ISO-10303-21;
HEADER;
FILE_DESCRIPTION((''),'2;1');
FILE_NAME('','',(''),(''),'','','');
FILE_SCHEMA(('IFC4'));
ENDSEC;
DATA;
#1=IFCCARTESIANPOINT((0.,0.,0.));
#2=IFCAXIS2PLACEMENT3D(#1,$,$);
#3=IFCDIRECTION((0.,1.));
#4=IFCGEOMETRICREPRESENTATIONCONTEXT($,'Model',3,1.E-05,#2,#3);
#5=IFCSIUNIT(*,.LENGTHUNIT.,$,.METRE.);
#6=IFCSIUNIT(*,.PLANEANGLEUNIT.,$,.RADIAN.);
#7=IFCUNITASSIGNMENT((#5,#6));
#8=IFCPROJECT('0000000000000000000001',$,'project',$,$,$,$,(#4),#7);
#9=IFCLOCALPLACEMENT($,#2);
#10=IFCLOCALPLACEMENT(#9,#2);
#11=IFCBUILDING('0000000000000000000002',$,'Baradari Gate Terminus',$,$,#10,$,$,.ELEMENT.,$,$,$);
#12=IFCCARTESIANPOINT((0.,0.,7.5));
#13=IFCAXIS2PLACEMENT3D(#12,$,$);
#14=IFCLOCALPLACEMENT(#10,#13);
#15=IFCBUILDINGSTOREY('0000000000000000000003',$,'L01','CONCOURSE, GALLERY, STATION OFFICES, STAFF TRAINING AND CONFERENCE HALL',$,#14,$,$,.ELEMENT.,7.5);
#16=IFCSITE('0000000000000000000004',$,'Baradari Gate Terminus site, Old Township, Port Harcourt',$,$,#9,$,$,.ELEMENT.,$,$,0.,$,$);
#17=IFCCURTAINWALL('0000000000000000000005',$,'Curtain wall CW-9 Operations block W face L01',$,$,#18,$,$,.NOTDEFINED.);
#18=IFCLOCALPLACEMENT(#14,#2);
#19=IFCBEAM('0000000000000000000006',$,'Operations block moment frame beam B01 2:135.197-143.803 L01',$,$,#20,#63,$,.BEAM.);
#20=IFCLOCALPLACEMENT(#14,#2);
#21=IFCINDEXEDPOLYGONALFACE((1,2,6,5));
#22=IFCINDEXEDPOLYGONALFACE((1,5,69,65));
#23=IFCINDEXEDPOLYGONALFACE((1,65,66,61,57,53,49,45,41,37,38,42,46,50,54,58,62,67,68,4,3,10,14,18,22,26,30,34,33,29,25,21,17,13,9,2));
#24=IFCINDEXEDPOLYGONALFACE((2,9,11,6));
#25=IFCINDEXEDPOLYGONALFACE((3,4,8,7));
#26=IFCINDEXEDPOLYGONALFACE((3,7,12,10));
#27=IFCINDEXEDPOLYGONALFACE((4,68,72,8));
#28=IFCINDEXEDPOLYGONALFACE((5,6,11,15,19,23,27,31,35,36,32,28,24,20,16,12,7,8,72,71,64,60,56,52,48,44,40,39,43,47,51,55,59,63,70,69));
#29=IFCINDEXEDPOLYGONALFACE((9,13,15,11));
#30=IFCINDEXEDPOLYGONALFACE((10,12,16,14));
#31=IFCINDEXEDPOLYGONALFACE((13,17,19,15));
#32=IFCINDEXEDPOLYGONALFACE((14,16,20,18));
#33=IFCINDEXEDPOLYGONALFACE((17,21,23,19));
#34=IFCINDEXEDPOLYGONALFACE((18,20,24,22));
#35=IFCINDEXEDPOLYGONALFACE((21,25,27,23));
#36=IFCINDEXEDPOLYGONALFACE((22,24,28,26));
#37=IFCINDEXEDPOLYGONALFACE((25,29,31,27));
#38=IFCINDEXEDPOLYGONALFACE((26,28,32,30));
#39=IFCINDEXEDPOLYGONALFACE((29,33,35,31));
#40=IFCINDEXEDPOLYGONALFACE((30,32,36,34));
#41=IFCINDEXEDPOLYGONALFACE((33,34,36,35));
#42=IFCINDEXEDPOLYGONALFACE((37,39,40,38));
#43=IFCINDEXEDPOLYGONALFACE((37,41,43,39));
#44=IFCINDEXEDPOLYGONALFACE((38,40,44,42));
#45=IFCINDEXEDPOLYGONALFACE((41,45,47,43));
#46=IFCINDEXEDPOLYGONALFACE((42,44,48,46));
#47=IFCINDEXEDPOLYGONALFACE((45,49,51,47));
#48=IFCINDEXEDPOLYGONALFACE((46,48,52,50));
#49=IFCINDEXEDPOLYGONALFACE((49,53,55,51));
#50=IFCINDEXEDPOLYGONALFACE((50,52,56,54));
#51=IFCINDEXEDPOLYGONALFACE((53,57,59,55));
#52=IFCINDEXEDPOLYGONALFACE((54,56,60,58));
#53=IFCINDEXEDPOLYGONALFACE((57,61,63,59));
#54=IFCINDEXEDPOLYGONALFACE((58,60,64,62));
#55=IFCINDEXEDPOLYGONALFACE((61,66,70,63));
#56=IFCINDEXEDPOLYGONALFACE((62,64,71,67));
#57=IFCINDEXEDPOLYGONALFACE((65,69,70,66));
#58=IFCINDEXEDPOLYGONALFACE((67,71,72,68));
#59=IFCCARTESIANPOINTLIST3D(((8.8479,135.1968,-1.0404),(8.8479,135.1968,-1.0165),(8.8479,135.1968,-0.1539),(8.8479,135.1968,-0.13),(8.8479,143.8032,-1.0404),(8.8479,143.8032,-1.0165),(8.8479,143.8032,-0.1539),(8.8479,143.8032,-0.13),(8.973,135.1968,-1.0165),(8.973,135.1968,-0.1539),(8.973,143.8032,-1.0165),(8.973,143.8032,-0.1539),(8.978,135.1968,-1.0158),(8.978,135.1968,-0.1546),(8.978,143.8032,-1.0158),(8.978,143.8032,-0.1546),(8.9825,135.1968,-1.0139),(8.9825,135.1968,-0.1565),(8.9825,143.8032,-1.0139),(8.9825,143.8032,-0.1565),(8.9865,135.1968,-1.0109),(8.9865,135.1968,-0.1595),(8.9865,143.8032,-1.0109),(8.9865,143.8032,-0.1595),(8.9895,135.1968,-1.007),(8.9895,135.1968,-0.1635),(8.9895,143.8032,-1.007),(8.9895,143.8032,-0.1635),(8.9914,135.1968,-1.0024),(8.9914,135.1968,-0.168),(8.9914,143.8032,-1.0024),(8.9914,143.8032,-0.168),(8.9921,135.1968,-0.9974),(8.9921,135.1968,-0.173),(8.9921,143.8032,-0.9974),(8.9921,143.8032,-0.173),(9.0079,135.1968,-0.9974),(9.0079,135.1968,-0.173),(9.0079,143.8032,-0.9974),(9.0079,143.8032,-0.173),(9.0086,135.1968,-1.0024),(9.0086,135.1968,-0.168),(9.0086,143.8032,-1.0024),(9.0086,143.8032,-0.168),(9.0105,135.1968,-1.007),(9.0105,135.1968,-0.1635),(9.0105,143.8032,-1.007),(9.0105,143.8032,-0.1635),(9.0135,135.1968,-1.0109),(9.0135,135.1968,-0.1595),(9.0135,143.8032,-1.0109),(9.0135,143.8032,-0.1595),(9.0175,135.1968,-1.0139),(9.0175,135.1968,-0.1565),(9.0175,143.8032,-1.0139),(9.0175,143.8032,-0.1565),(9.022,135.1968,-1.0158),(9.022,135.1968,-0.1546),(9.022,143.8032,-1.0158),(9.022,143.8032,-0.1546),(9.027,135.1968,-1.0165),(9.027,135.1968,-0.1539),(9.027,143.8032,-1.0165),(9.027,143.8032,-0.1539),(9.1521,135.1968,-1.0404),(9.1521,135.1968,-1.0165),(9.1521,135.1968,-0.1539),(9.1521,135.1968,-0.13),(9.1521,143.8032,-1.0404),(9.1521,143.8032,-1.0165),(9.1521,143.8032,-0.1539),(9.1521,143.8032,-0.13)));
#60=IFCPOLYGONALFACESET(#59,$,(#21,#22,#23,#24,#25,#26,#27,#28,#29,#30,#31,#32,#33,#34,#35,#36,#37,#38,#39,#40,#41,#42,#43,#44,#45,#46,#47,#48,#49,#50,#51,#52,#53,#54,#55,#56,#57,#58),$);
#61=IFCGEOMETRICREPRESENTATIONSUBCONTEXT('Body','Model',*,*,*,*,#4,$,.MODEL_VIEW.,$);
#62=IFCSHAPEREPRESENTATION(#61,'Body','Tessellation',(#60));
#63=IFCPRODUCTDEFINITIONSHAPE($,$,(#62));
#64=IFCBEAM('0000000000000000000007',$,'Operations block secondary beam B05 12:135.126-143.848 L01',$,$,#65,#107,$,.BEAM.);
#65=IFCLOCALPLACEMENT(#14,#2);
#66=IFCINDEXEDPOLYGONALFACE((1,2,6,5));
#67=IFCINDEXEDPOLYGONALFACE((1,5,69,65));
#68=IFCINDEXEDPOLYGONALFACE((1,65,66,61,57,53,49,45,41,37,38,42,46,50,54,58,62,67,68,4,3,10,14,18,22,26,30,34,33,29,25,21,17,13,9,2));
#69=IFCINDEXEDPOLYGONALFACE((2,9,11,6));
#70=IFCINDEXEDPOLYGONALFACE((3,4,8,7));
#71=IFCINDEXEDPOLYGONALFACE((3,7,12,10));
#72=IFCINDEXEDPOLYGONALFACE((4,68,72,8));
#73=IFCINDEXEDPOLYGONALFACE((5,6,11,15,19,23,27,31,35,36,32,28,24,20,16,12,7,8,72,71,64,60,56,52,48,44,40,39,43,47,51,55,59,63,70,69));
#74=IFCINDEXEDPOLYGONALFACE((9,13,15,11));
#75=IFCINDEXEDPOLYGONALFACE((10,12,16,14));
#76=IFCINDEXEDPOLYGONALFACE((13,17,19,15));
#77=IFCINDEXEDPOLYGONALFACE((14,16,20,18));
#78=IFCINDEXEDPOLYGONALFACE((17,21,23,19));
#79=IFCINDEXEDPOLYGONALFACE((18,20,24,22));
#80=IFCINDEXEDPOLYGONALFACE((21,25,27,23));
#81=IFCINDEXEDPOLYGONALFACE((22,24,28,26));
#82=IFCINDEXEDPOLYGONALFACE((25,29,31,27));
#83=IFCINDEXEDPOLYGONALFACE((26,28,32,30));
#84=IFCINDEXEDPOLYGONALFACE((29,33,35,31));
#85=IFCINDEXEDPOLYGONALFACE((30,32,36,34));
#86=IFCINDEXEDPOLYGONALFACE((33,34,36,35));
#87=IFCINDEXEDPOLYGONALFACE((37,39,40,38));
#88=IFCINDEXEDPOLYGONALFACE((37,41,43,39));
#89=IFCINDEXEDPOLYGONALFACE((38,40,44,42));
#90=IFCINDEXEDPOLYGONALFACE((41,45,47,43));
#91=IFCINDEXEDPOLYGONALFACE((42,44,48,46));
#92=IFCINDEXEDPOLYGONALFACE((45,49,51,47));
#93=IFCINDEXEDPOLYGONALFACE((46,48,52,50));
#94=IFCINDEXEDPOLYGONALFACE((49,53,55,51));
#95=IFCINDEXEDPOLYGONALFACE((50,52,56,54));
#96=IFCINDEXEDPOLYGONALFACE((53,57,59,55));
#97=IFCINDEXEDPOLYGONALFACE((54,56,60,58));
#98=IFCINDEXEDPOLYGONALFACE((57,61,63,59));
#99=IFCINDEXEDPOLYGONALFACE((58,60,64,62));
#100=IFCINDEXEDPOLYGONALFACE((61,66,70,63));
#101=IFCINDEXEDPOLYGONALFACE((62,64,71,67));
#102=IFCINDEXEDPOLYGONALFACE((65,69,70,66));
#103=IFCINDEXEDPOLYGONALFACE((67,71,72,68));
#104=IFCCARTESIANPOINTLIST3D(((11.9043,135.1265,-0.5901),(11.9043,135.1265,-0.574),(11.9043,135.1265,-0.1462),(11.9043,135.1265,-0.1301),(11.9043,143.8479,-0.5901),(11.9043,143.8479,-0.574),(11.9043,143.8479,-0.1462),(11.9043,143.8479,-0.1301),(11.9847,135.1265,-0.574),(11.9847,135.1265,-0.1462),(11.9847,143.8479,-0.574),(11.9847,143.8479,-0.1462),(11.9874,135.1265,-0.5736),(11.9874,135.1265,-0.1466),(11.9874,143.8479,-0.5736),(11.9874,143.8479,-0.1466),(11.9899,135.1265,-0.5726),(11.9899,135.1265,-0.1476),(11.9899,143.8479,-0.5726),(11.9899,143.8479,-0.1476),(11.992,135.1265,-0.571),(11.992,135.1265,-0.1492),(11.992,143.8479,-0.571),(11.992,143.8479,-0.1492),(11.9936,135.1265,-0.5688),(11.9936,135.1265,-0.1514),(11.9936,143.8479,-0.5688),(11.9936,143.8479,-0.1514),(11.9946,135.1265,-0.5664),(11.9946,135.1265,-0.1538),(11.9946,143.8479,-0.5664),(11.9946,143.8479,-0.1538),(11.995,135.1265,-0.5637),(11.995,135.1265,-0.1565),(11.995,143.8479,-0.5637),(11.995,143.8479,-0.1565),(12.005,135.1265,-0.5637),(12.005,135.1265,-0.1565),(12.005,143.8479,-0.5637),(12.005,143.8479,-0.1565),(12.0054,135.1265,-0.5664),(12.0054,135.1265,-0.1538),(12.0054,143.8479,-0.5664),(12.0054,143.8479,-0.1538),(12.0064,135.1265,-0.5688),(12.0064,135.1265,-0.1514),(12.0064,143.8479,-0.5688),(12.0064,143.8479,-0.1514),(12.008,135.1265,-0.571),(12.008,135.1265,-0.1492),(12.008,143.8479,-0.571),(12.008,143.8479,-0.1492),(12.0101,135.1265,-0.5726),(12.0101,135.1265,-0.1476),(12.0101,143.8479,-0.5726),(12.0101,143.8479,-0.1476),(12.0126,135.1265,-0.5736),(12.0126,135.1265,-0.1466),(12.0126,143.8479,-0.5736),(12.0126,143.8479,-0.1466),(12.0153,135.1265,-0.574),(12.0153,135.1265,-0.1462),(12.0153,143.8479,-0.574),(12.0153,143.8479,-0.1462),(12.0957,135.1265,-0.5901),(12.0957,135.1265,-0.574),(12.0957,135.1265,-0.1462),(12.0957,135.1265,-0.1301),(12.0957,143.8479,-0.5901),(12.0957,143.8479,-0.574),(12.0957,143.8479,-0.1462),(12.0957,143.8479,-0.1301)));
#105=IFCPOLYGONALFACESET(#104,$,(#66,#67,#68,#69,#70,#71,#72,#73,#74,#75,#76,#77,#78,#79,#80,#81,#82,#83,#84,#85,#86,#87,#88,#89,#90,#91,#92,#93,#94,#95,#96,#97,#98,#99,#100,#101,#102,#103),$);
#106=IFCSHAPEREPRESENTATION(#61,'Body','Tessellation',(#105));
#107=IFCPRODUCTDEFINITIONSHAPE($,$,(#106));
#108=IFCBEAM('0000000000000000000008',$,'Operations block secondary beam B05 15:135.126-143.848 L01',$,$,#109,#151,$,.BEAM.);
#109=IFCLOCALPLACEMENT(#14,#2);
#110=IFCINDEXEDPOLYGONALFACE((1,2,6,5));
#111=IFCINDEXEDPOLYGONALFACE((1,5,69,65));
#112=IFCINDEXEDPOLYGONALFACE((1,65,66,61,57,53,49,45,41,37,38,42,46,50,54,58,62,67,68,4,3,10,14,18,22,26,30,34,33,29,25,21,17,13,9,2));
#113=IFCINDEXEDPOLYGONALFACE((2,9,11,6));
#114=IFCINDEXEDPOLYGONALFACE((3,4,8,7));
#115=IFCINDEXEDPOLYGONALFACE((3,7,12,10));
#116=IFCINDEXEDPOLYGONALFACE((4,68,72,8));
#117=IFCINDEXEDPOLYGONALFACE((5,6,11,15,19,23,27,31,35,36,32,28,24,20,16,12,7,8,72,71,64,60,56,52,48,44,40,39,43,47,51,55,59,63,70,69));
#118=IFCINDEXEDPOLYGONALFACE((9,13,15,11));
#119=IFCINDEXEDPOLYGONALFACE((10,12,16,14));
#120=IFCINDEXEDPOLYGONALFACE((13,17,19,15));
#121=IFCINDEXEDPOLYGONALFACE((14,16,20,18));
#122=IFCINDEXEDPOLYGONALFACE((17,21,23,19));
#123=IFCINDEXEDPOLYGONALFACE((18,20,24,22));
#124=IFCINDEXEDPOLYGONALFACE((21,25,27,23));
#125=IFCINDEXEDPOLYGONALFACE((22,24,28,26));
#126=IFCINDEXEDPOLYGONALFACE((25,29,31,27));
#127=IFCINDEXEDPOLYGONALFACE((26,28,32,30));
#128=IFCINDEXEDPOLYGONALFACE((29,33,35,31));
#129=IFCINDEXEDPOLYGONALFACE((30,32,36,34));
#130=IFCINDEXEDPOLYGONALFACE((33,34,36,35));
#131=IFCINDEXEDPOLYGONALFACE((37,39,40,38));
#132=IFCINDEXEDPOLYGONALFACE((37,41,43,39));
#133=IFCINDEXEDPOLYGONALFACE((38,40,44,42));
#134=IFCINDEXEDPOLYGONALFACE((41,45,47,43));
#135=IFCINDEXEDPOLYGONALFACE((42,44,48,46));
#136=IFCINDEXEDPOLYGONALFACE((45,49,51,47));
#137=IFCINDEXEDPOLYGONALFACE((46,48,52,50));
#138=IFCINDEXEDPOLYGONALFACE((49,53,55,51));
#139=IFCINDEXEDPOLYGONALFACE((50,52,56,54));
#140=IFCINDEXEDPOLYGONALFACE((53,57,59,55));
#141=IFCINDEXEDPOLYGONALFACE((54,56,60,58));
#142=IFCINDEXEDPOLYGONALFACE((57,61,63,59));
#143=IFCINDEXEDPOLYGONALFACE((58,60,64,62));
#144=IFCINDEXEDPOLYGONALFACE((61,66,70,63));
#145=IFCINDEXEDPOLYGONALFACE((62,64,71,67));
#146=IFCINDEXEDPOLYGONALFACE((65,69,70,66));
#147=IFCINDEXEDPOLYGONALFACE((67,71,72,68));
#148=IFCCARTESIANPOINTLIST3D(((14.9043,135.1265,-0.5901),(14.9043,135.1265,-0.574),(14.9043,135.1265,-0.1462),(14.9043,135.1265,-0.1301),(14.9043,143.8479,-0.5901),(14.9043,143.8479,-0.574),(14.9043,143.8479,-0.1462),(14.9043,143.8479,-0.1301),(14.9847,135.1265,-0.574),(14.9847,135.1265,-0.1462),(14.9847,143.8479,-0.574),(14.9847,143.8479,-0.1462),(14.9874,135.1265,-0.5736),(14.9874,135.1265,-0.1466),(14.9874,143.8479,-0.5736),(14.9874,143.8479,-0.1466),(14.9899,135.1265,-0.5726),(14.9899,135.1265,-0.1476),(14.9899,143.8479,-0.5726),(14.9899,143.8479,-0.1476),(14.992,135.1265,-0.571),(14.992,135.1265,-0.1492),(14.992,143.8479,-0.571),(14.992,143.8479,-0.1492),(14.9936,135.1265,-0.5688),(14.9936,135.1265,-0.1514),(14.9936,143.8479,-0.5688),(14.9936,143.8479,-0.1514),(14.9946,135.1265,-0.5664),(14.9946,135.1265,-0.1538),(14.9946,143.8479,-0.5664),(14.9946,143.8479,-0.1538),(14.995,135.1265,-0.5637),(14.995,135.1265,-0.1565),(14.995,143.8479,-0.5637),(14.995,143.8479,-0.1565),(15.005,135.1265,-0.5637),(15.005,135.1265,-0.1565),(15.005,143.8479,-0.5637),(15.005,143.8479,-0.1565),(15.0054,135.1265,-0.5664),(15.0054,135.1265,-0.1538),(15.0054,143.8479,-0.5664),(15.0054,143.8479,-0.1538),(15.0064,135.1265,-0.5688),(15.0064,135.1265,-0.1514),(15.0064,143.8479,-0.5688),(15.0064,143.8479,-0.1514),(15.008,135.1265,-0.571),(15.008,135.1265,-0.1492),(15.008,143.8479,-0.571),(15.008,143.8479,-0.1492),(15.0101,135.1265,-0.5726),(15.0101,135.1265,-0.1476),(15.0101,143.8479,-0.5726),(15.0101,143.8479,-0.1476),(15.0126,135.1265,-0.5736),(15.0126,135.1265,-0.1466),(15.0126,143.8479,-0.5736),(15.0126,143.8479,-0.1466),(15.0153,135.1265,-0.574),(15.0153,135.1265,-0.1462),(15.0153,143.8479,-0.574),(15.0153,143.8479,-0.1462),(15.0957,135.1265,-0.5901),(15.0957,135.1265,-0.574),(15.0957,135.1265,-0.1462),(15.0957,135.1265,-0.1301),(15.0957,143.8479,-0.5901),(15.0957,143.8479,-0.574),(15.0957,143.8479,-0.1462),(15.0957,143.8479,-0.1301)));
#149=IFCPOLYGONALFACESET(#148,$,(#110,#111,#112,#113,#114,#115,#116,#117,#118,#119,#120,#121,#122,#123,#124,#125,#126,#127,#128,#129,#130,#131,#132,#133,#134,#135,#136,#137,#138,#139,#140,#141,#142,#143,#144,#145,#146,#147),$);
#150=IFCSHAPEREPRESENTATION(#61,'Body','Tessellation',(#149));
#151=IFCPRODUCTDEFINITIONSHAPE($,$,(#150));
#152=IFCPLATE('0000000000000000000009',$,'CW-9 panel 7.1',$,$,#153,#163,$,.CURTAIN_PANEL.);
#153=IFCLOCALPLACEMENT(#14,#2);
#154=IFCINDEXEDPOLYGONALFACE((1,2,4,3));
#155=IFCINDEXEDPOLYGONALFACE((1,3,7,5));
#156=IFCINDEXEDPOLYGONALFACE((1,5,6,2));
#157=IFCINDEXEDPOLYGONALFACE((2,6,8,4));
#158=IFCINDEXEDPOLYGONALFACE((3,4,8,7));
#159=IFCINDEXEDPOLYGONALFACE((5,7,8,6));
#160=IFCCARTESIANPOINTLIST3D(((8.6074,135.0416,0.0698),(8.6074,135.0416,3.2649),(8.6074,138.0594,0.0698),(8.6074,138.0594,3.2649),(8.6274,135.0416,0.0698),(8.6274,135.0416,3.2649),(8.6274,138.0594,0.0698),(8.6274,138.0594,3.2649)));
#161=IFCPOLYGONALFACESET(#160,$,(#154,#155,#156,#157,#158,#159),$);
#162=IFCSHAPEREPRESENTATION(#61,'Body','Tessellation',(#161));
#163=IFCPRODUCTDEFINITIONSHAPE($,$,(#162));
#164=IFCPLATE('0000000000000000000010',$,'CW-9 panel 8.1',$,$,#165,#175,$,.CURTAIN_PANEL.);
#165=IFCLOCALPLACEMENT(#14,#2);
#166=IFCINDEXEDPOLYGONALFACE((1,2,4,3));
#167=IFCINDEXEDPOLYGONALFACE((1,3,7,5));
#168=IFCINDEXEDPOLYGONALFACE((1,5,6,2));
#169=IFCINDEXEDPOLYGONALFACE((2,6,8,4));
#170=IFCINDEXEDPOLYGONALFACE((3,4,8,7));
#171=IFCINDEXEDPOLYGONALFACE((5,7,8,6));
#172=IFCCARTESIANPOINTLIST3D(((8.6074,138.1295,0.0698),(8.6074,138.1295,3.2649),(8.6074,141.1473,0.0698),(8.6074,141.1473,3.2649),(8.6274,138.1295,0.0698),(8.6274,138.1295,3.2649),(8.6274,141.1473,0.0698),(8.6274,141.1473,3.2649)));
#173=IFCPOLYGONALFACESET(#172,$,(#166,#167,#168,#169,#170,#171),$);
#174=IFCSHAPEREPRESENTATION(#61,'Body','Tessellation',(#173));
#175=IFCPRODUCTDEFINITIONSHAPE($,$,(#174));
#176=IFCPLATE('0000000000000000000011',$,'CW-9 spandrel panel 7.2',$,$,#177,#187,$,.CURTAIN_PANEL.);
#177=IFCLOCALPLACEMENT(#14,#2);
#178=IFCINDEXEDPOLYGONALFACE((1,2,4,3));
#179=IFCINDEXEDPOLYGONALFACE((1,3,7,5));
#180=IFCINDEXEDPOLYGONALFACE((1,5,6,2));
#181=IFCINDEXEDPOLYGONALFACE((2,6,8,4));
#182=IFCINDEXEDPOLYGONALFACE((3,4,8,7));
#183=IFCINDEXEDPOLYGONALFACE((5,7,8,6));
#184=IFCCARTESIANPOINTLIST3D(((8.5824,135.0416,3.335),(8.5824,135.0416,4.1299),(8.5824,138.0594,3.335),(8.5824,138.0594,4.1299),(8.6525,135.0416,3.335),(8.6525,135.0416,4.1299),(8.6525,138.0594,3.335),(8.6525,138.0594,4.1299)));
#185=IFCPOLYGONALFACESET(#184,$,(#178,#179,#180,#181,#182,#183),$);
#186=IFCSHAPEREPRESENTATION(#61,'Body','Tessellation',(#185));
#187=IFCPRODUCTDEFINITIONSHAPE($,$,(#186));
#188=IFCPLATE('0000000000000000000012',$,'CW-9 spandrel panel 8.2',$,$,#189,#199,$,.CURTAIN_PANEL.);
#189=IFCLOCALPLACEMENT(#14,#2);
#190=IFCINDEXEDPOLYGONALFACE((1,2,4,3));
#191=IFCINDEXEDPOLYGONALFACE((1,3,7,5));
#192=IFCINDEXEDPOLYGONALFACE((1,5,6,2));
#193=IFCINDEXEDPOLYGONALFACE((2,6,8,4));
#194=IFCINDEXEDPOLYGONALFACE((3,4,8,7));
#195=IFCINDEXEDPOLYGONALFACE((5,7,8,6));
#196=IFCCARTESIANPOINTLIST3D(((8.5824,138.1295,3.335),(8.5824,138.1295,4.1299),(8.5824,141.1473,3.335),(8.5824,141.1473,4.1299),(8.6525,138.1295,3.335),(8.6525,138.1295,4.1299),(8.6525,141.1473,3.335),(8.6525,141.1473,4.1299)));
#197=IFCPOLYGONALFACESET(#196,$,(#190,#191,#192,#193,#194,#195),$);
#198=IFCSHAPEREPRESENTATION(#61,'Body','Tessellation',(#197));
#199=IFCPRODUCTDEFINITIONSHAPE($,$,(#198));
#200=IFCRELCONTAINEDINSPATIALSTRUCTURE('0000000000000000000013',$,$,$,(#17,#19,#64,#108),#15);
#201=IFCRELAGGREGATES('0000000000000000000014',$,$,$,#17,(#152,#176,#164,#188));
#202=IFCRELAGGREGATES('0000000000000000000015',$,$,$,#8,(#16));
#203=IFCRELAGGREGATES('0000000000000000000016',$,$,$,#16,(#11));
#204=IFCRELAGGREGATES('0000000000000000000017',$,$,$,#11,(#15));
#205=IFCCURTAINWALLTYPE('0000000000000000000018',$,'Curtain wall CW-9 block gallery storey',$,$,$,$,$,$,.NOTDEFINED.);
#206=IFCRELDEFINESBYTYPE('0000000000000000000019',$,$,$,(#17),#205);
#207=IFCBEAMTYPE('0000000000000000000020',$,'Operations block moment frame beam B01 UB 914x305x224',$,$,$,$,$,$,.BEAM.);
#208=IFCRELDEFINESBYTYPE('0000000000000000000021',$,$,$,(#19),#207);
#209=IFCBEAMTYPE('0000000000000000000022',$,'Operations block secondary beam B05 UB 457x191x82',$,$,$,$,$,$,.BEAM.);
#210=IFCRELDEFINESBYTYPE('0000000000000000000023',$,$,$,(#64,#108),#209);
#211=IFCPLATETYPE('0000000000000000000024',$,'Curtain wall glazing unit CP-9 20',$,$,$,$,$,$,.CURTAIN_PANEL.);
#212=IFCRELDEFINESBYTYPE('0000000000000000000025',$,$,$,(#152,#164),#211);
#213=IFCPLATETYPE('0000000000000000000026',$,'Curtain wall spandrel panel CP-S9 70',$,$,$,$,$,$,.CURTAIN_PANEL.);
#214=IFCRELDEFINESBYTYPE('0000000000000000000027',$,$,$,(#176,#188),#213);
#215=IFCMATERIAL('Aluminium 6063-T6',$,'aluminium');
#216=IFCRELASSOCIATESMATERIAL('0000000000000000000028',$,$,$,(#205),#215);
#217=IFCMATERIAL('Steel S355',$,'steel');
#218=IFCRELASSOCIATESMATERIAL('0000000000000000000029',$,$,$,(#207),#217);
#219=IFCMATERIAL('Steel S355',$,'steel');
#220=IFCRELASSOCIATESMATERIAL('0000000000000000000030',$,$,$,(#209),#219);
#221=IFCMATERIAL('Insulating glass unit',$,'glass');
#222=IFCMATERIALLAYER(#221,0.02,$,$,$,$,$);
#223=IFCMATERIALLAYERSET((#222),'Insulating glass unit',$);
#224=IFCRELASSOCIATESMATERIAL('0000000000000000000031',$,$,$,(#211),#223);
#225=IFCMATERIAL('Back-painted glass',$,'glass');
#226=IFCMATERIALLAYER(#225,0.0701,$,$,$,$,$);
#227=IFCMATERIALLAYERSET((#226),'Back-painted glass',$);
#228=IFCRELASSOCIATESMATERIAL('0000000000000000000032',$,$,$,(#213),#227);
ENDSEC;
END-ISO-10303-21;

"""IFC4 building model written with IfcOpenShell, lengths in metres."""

from ifc_helpers import new_model, si_unit, direction, frame, origin, origin_2d, place, context, subcontext, project, spatial, rectangle, i_section, extrude, material, layer, layer_set, material_profile, profile_set, type_object, element, aggregate, save


model = new_model("IFC4")

# Units and contexts
model_context = context("Model", 3, precision=1e-05, world=origin(), true_north=direction((0.0, 1.0)))
body_context = subcontext(model_context, "Body", "Model", "MODEL_VIEW")
ifc_project = project(units=[si_unit("LENGTHUNIT", "METRE"), si_unit("PLANEANGLEUNIT", "RADIAN")], contexts=[model_context])

# Site, building, storey
site_placement = place(None, origin())
site = spatial("IfcSite", under=ifc_project, at=site_placement, Name="Baradari Gate Terminus site, Old Township, Port Harcourt", CompositionType="ELEMENT", RefElevation=0.0)
building_placement = place(site_placement, origin())
building = spatial("IfcBuilding", under=site, at=building_placement, Name="Baradari Gate Terminus", CompositionType="ELEMENT")
storey_placement = place(building_placement, frame((0.0, 0.0, 7.5)))
storey = spatial("IfcBuildingStorey", under=building, at=storey_placement, Name="L01", Description="CONCOURSE, GALLERY, STATION OFFICES, STAFF TRAINING AND CONFERENCE HALL", CompositionType="ELEMENT", Elevation=7.5)

# Curtain wall
ifc_material_1 = material(Name="Aluminium 6063-T6", Category="aluminium")
curtain_wall_type = type_object("IfcCurtainWallType", Name="Curtain wall CW-9 block gallery storey", PredefinedType="NOTDEFINED", material=ifc_material_1)
curtain_wall_placement = place(storey_placement, origin())
curtain_wall = element("IfcCurtainWall", 1, at=curtain_wall_placement, inside=storey, type_object=curtain_wall_type, Name="Curtain wall CW-9 Operations block W face L01", PredefinedType="NOTDEFINED")

# Beams
ifc_material_2 = material(Name="Steel S355", Category="steel")
ifc_material_profile_1 = material_profile(ifc_material_2, i_section(OverallWidth=0.3042, OverallDepth=0.9104, WebThickness=0.0159, FlangeThickness=0.0239, FilletRadius=0.019, at=origin_2d()), Name="UB 914x305x224")
ifc_profile_set_1 = profile_set([ifc_material_profile_1], Name="Steel S355")
beam_type_1 = type_object("IfcBeamType", Name="Operations block moment frame beam B01 UB 914x305x224", PredefinedType="BEAM", material=ifc_profile_set_1)
beam_1_placement = place(storey_placement, frame((9.0, 135.1968, -0.5852), z_axis=(0.0, 1.0, 0.0), x_axis=(-1.0, 0.0, 0.0)))
element("IfcBeam", 2, at=beam_1_placement, inside=storey, type_object=beam_type_1, Name="Operations block moment frame beam B01 2:135.197-143.803 L01", PredefinedType="BEAM", context=body_context, shape_type="SweptSolid", body=[
    extrude(i_section(OverallWidth=0.3042, OverallDepth=0.9104, WebThickness=0.0159, FlangeThickness=0.0239, FilletRadius=0.019, at=origin_2d()), origin(), (0.0, 0.0, 1.0), 8.6064),
])
ifc_material_3 = material(Name="Steel S355", Category="steel")
ifc_material_profile_2 = material_profile(ifc_material_3, i_section(OverallWidth=0.1914, OverallDepth=0.46, WebThickness=0.01, FlangeThickness=0.0161, FilletRadius=0.0103, at=origin_2d()), Name="UB 457x191x82")
ifc_profile_set_2 = profile_set([ifc_material_profile_2], Name="Steel S355")
beam_type_2 = type_object("IfcBeamType", Name="Operations block secondary beam B05 UB 457x191x82", PredefinedType="BEAM", material=ifc_profile_set_2)
for number, where, z_axis, x_axis, name in (
    (3, (12.0, 135.1265, -0.3601), (0.0, 1.0, 0.0), (-1.0, 0.0, 0.0), "Operations block secondary beam B05 12:135.126-143.848 L01"),
    (4, (15.0, 135.1265, -0.3601), (0.0, 1.0, 0.0), (-1.0, 0.0, 0.0), "Operations block secondary beam B05 15:135.126-143.848 L01"),
):
    element("IfcBeam", number, at=place(storey_placement, frame(where, z_axis=z_axis, x_axis=x_axis)), inside=storey, type_object=beam_type_2, Name=name, PredefinedType="BEAM", context=body_context, shape_type="SweptSolid", body=[
        extrude(i_section(OverallWidth=0.1914, OverallDepth=0.46, WebThickness=0.01, FlangeThickness=0.0161, FilletRadius=0.0103, at=origin_2d()), origin(), (0.0, 0.0, 1.0), 8.7214),
    ])

# Plates
ifc_material_4 = material(Name="Insulating glass unit", Category="glass")
ifc_layer_1 = layer(ifc_material_4, 0.02)
ifc_layer_set_1 = layer_set([ifc_layer_1], Name="Insulating glass unit")
plate_type_1 = type_object("IfcPlateType", Name="Curtain wall glazing unit CP-9 20", PredefinedType="CURTAIN_PANEL", material=ifc_layer_set_1)
plate_1_placement = place(storey_placement, frame((8.6174, 136.5505, 0.0698), z_axis=(0.0, 0.0, 1.0), x_axis=(0.0, 1.0, 0.0)))
plate_1 = element("IfcPlate", 5, at=plate_1_placement, type_object=plate_type_1, Name="CW-9 panel 7.1", PredefinedType="CURTAIN_PANEL", context=body_context, shape_type="SweptSolid", body=[
    extrude(rectangle(XDim=3.0178, YDim=0.02, at=origin_2d()), origin(), (0.0, 0.0, 1.0), 3.1951),
])
plate_2_placement = place(storey_placement, frame((8.6174, 139.6384, 0.0698), z_axis=(0.0, 0.0, 1.0), x_axis=(0.0, 1.0, 0.0)))
plate_2 = element("IfcPlate", 6, at=plate_2_placement, type_object=plate_type_1, Name="CW-9 panel 8.1", PredefinedType="CURTAIN_PANEL", context=body_context, shape_type="SweptSolid", body=[
    extrude(rectangle(XDim=3.0178, YDim=0.02, at=origin_2d()), origin(), (0.0, 0.0, 1.0), 3.1951),
])
ifc_material_5 = material(Name="Back-painted glass", Category="glass")
ifc_layer_2 = layer(ifc_material_5, 0.0701)
ifc_layer_set_2 = layer_set([ifc_layer_2], Name="Back-painted glass")
plate_type_2 = type_object("IfcPlateType", Name="Curtain wall spandrel panel CP-S9 70", PredefinedType="CURTAIN_PANEL", material=ifc_layer_set_2)
plate_3_placement = place(storey_placement, frame((8.6174, 136.5505, 3.335), z_axis=(0.0, 0.0, 1.0), x_axis=(0.0, 1.0, 0.0)))
plate_3 = element("IfcPlate", 7, at=plate_3_placement, type_object=plate_type_2, Name="CW-9 spandrel panel 7.2", PredefinedType="CURTAIN_PANEL", context=body_context, shape_type="SweptSolid", body=[
    extrude(rectangle(XDim=3.0178, YDim=0.0701, at=origin_2d()), origin(), (0.0, 0.0, 1.0), 0.7949),
])
plate_4_placement = place(storey_placement, frame((8.6174, 139.6384, 3.335), z_axis=(0.0, 0.0, 1.0), x_axis=(0.0, 1.0, 0.0)))
plate_4 = element("IfcPlate", 8, at=plate_4_placement, type_object=plate_type_2, Name="CW-9 spandrel panel 8.2", PredefinedType="CURTAIN_PANEL", context=body_context, shape_type="SweptSolid", body=[
    extrude(rectangle(XDim=3.0178, YDim=0.0701, at=origin_2d()), origin(), (0.0, 0.0, 1.0), 0.7949),
])
aggregate(curtain_wall, [plate_1, plate_3, plate_2, plate_4])

save(model, "model.ifc")
